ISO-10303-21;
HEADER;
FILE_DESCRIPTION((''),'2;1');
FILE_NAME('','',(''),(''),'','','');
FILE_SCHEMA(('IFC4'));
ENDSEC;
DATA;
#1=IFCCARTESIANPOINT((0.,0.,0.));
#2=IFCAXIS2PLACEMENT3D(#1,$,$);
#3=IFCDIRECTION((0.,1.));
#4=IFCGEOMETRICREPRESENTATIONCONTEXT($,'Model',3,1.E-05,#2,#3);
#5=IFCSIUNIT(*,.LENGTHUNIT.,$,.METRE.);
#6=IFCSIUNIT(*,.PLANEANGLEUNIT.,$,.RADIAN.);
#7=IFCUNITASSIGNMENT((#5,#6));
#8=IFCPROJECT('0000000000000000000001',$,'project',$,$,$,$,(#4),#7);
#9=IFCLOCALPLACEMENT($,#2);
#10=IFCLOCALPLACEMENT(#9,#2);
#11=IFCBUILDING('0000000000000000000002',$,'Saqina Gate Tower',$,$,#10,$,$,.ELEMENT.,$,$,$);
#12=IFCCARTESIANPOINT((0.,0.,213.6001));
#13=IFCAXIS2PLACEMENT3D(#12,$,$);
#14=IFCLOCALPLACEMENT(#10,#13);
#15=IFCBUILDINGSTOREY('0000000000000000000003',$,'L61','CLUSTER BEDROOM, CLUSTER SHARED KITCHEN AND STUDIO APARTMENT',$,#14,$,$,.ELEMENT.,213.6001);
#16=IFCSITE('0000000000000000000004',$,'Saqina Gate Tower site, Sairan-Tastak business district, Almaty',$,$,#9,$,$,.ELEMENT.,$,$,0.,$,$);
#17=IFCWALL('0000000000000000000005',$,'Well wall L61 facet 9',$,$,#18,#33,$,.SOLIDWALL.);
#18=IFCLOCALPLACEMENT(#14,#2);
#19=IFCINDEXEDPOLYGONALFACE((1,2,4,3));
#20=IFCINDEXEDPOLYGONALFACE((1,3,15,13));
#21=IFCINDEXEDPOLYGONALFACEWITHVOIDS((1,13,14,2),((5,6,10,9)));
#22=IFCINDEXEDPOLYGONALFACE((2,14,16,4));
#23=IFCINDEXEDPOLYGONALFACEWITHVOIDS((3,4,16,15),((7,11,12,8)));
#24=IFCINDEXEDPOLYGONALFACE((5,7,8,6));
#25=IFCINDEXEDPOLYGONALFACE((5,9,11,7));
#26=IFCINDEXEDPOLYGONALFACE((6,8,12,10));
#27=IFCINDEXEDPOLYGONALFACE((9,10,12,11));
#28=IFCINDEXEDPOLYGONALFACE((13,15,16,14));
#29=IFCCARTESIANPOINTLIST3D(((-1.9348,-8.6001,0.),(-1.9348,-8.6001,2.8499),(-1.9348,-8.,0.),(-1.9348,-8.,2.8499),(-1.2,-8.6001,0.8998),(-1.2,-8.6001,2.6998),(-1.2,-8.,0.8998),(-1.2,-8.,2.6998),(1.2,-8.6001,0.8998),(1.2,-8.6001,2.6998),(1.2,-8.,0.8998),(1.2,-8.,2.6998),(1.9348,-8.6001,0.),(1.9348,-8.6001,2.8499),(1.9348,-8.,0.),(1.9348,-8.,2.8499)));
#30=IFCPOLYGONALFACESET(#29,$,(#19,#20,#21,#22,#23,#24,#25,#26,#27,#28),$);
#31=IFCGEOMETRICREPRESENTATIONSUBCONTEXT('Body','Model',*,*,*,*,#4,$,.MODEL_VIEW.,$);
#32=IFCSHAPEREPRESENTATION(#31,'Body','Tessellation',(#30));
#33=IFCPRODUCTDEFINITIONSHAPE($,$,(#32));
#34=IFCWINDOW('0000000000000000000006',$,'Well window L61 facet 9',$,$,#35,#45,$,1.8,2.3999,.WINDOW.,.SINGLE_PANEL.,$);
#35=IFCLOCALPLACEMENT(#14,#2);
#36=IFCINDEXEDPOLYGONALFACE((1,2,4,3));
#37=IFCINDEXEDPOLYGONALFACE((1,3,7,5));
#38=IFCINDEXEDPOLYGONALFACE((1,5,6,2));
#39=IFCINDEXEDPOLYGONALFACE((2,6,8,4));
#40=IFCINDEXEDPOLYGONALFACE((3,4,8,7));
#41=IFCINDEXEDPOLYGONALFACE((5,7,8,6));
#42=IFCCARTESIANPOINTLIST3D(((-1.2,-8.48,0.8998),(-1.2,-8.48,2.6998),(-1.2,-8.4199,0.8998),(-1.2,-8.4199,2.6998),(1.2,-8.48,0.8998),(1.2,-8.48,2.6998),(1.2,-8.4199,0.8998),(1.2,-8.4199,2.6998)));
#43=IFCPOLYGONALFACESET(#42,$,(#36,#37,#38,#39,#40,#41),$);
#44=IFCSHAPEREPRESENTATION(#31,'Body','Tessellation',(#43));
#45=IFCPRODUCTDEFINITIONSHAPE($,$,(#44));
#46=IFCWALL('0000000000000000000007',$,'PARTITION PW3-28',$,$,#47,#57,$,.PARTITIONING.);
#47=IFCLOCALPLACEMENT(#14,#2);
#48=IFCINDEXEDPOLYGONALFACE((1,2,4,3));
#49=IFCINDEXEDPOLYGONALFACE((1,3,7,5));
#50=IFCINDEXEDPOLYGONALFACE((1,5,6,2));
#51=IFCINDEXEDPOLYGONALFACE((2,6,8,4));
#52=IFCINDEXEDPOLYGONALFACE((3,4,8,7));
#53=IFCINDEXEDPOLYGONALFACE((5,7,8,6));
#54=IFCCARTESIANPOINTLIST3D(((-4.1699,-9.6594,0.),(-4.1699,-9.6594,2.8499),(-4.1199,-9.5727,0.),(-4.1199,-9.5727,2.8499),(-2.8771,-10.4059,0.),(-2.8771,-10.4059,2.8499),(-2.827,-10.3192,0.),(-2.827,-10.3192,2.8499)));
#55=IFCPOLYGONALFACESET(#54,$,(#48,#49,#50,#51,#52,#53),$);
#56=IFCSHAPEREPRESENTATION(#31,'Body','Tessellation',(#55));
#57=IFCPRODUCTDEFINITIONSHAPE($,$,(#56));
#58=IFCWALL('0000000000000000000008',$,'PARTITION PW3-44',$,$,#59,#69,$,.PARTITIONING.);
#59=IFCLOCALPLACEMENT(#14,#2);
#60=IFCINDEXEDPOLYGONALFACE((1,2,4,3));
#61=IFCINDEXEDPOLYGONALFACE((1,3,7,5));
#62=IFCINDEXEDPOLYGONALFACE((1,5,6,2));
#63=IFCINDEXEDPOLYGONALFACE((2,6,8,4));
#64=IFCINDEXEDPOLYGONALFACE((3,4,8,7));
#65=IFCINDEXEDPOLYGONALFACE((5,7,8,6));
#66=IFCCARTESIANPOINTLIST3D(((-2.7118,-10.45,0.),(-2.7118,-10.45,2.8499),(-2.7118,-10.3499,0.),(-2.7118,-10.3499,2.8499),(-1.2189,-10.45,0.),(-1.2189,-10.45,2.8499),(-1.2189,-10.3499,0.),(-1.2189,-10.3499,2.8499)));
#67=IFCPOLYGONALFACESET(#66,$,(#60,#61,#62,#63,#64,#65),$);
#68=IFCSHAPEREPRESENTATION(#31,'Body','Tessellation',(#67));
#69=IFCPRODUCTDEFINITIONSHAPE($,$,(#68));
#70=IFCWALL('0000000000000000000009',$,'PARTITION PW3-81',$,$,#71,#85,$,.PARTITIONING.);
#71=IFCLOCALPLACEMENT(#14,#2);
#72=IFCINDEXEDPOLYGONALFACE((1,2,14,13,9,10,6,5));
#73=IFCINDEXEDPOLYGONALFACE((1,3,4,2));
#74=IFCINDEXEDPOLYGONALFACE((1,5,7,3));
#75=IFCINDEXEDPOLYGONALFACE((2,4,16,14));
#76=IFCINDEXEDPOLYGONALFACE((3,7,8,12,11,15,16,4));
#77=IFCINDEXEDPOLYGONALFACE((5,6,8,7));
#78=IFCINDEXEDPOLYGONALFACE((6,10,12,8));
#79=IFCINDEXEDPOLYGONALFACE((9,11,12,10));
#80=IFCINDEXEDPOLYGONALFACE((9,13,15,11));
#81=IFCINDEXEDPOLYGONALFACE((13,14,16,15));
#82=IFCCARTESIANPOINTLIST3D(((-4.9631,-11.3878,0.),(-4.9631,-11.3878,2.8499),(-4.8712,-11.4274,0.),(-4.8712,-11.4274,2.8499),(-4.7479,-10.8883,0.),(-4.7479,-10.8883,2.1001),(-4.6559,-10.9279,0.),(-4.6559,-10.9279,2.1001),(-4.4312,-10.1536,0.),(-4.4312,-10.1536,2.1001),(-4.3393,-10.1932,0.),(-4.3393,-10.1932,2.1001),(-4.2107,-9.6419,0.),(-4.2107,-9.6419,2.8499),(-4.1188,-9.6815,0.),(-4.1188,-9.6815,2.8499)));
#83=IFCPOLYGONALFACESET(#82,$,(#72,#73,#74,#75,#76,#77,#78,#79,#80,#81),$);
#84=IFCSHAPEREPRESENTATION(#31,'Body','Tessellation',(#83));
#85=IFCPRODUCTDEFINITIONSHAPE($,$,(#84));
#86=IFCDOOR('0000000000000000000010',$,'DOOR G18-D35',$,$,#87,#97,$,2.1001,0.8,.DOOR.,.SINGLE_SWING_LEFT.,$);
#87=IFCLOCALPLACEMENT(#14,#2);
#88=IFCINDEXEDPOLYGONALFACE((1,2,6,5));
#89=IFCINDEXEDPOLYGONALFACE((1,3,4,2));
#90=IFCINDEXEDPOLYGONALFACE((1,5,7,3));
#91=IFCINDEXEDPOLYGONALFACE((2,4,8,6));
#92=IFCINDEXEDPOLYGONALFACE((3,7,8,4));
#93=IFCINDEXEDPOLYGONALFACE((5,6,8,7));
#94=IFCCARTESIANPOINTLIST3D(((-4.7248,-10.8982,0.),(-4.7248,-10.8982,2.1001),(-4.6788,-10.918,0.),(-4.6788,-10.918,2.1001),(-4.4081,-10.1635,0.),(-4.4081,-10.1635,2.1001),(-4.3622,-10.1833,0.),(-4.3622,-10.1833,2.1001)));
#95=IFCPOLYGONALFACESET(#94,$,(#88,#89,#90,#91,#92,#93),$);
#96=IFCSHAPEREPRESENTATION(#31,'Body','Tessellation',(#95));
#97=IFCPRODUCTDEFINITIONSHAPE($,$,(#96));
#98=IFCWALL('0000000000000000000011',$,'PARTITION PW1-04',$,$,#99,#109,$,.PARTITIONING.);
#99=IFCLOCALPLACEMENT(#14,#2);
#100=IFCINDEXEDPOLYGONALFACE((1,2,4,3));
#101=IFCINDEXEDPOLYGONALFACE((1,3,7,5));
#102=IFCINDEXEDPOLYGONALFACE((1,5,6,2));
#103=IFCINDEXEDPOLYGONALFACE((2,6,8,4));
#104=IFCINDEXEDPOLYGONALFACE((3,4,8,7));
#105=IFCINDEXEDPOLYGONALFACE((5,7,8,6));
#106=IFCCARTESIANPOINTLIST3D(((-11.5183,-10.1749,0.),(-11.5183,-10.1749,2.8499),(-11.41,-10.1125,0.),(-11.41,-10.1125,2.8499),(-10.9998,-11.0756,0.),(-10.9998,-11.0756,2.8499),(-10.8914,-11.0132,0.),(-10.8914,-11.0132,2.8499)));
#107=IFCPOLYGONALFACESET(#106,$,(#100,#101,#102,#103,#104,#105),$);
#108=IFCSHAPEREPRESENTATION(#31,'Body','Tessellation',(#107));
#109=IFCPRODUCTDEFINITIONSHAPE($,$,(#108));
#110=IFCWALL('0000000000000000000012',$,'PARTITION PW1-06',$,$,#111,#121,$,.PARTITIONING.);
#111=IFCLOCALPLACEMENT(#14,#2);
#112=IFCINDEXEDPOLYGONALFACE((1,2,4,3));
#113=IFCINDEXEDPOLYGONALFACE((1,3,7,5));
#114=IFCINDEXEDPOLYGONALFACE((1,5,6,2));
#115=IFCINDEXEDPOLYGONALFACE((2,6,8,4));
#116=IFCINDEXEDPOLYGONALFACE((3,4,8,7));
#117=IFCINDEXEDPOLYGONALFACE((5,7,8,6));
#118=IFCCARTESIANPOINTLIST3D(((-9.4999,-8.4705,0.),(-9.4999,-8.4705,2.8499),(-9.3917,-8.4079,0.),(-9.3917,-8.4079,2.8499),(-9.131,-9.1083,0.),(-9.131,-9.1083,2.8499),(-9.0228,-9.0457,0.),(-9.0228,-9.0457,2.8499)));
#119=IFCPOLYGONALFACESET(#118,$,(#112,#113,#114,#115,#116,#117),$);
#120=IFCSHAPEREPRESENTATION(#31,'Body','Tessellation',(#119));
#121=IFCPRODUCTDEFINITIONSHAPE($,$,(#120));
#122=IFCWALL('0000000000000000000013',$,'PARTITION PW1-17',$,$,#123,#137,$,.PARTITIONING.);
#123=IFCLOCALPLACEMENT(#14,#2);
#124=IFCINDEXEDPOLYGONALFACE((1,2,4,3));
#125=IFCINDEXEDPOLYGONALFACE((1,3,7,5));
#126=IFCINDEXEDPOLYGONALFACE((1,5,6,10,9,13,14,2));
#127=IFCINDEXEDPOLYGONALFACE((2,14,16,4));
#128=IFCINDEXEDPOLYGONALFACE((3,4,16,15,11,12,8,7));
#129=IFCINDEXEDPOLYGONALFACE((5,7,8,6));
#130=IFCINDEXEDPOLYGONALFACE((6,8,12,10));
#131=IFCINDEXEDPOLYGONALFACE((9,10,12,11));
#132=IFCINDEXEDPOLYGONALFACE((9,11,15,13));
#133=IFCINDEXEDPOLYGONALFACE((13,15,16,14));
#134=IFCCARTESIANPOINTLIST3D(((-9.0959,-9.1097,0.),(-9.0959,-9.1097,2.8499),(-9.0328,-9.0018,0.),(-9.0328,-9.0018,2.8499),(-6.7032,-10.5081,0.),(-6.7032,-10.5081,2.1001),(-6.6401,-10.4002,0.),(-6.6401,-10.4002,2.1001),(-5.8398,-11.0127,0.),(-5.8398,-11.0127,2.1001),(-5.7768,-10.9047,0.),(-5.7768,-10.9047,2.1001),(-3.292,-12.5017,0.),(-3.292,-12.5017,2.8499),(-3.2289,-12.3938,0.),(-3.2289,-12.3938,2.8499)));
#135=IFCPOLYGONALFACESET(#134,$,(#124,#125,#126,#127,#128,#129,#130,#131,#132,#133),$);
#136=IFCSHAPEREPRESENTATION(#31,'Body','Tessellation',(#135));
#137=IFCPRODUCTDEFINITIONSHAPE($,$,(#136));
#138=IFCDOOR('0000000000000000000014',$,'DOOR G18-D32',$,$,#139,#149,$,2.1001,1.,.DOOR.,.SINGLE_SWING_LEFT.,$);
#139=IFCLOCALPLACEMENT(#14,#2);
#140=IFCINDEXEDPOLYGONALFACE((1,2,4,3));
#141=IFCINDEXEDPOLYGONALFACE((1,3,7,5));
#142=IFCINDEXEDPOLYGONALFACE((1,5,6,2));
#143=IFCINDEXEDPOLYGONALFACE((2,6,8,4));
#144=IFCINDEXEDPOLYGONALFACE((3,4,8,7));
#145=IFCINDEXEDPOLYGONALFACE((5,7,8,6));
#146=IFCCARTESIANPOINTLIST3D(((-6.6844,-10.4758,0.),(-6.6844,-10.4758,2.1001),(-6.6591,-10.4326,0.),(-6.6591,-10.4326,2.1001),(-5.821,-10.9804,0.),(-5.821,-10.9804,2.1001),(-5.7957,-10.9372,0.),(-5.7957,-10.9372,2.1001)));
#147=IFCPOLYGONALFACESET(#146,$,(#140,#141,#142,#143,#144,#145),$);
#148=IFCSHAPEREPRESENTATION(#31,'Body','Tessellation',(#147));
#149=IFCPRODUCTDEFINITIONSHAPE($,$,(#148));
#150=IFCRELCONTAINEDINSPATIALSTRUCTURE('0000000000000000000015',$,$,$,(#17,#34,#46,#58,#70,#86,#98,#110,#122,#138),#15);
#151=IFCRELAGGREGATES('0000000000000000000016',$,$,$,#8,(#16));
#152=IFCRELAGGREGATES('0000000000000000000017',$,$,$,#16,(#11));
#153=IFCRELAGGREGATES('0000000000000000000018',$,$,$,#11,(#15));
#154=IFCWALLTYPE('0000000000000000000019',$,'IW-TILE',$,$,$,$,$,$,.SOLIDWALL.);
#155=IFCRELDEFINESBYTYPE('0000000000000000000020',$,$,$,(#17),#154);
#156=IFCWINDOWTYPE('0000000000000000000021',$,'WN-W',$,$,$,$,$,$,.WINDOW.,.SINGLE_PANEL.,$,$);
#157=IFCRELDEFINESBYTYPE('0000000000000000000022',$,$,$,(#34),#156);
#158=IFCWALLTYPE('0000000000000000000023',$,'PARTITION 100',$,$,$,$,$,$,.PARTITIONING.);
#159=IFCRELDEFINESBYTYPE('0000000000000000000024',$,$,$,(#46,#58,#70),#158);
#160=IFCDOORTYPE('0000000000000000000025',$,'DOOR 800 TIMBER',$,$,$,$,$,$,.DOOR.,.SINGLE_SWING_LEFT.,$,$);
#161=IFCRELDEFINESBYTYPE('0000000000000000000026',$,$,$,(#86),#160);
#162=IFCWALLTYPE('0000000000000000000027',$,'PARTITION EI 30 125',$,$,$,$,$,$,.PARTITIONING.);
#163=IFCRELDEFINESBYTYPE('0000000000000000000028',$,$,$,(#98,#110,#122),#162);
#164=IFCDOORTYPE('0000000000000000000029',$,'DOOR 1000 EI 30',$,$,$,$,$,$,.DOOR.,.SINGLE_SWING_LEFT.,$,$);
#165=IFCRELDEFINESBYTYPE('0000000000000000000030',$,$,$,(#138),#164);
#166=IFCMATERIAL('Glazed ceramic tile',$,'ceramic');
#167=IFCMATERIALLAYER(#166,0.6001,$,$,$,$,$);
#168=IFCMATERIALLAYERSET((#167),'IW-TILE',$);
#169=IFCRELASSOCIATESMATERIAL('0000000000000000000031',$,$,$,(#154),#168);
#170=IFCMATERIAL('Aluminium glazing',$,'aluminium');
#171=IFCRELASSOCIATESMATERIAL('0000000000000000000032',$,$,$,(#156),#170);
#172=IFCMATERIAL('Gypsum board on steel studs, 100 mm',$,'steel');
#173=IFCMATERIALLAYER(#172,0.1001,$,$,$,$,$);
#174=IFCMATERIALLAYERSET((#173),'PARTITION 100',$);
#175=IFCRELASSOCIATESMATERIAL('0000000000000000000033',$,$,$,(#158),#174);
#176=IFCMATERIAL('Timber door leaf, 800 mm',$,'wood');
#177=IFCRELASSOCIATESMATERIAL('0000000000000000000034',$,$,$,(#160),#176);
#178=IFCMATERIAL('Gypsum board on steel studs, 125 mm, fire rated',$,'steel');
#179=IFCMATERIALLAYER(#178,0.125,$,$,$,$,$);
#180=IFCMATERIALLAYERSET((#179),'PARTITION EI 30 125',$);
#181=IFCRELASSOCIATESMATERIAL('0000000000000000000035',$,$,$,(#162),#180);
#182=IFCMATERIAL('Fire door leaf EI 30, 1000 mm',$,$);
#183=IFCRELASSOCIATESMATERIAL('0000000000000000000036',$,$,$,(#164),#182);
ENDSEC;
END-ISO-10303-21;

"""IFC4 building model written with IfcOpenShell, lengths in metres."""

from ifc_helpers import new_model, si_unit, direction, frame, frame_2d, origin, place, context, subcontext, project, spatial, rectangle, extrude, material, layer, layer_set, type_object, element, fill, save


model = new_model("IFC4")

# Units and contexts
model_context = context("Model", 3, precision=1e-05, world=origin(), true_north=direction((0.0, 1.0)))
body_context = subcontext(model_context, "Body", "Model", "MODEL_VIEW")
ifc_project = project(units=[si_unit("LENGTHUNIT", "METRE"), si_unit("PLANEANGLEUNIT", "RADIAN")], contexts=[model_context])

# Site, building, storey
site_placement = place(None, origin())
site = spatial("IfcSite", under=ifc_project, at=site_placement, Name="Saqina Gate Tower site, Sairan-Tastak business district, Almaty", CompositionType="ELEMENT", RefElevation=0.0)
building_placement = place(site_placement, origin())
building = spatial("IfcBuilding", under=site, at=building_placement, Name="Saqina Gate Tower", CompositionType="ELEMENT")
storey_placement = place(building_placement, frame((0.0, 0.0, 213.6001)))
storey = spatial("IfcBuildingStorey", under=building, at=storey_placement, Name="L61", Description="CLUSTER BEDROOM, CLUSTER SHARED KITCHEN AND STUDIO APARTMENT", CompositionType="ELEMENT", Elevation=213.6001)

# Wall, opening, window
ifc_material_1 = material(Name="Glazed ceramic tile", Category="ceramic")
ifc_layer_1 = layer(ifc_material_1, 0.6001)
ifc_layer_set_1 = layer_set([ifc_layer_1], Name="IW-TILE")
wall_type_1 = type_object("IfcWallType", Name="IW-TILE", PredefinedType="SOLIDWALL", material=ifc_layer_set_1)
ifc_material_2 = material(Name="Aluminium glazing", Category="aluminium")
window_type = type_object("IfcWindowType", Name="WN-W", PartitioningType="SINGLE_PANEL", PredefinedType="WINDOW", material=ifc_material_2)
wall_1_placement = place(storey_placement, frame((-1.9348, -8.3, 0.0), z_axis=(0.0, 0.0, 1.0), x_axis=(1.0, 0.0, 0.0)))
wall_1 = element("IfcWall", 1, at=wall_1_placement, inside=storey, type_object=wall_type_1, Name="Well wall L61 facet 9", PredefinedType="SOLIDWALL", context=body_context, shape_type="SweptSolid", body=[
    extrude(rectangle(XDim=3.8696, YDim=0.6001, at=frame_2d((1.9348, 0.0))), origin(), (0.0, 0.0, 1.0), 2.8499),
])
opening_1_placement = place(wall_1_placement, frame((0.7349, 0.0, 0.8999)))
opening_1 = element("IfcOpeningElement", 2, at=opening_1_placement, cuts=wall_1, PredefinedType="OPENING", context=body_context, shape_type="SweptSolid", body=[
    extrude(rectangle(XDim=2.3999, YDim=1.8, at=frame_2d((1.2, 0.8999))), frame((0.0, 0.312, 0.0), z_axis=(0.0, -1.0, 0.0), x_axis=(1.0, 0.0, 0.0)), (0.0, 0.0, 1.0), 0.624),
])
window_1_placement = place(opening_1_placement, origin())
window_1 = element("IfcWindow", 3, at=window_1_placement, inside=storey, type_object=window_type, Name="Well window L61 facet 9", OverallHeight=1.8, OverallWidth=2.3999, PartitioningType="SINGLE_PANEL", PredefinedType="WINDOW", context=body_context, shape_type="SweptSolid", body=[
    extrude(rectangle(XDim=2.3999, YDim=1.8, at=frame_2d((1.2, 0.8999))), frame((0.0, -0.1199, 0.0), z_axis=(0.0, -1.0, 0.0), x_axis=(1.0, 0.0, 0.0)), (0.0, 0.0, 1.0), 0.0601),
])
fill(opening_1, window_1)

# Walls
ifc_material_3 = material(Name="Gypsum board on steel studs, 100 mm", Category="steel")
ifc_layer_2 = layer(ifc_material_3, 0.1001)
ifc_layer_set_2 = layer_set([ifc_layer_2], Name="PARTITION 100")
wall_type_2 = type_object("IfcWallType", Name="PARTITION 100", PredefinedType="PARTITIONING", material=ifc_layer_set_2)
for number, where, z_axis, x_axis, name in (
    (4, (-4.145, -9.616, 0.0), (0.0, 0.0, 1.0), (0.866, -0.500043, 0.0), "PARTITION PW3-28"),
    (5, (-2.7119, -10.3999, 0.0), (0.0, 0.0, 1.0), (1.0, 0.0, 0.0), "PARTITION PW3-44"),
):
    element("IfcWall", number, at=place(storey_placement, frame(where, z_axis=z_axis, x_axis=x_axis)), inside=storey, type_object=wall_type_2, Name=name, PredefinedType="PARTITIONING", context=body_context, shape_type="SweptSolid", body=[
        extrude(rectangle(XDim=1.4929, YDim=0.1001, at=frame_2d((0.7466, 0.0))), origin(), (0.0, 0.0, 1.0), 2.8499),
    ])

# Wall, opening, door
wall_2_placement = place(storey_placement, frame((-4.9172, -11.4077, 0.0), z_axis=(0.0, 0.0, 1.0), x_axis=(0.395794, 0.918339, 0.0)))
wall_2 = element("IfcWall", 6, at=wall_2_placement, inside=storey, type_object=wall_type_2, Name="PARTITION PW3-81", PredefinedType="PARTITIONING", context=body_context, shape_type="SweptSolid", body=[
    extrude(rectangle(XDim=1.9011, YDim=0.1001, at=frame_2d((0.9507, 0.0))), origin(), (0.0, 0.0, 1.0), 2.8499),
])
opening_2_placement = place(wall_2_placement, frame((0.5442, 0.0, 0.0)))
opening_2 = element("IfcOpeningElement", 7, at=opening_2_placement, cuts=wall_2, PredefinedType="OPENING", context=body_context, shape_type="SweptSolid", body=[
    extrude(rectangle(XDim=0.8, YDim=2.1001, at=frame_2d((0.3999, 1.05))), frame((0.0, 0.062, 0.0), z_axis=(0.0, -1.0, 0.0), x_axis=(1.0, 0.0, 0.0)), (0.0, 0.0, 1.0), 0.124),
])
ifc_material_4 = material(Name="Timber door leaf, 800 mm", Category="wood")
door_type_1 = type_object("IfcDoorType", Name="DOOR 800 TIMBER", OperationType="SINGLE_SWING_LEFT", PredefinedType="DOOR", material=ifc_material_4)
door_1_placement = place(opening_2_placement, origin())
door_1 = element("IfcDoor", 8, at=door_1_placement, inside=storey, type_object=door_type_1, Name="DOOR G18-D35", OperationType="SINGLE_SWING_LEFT", OverallHeight=2.1001, OverallWidth=0.8, PredefinedType="DOOR", context=body_context, shape_type="SweptSolid", body=[
    extrude(rectangle(XDim=0.8, YDim=2.1001, at=frame_2d((0.3999, 1.05))), frame((0.0, 0.0249, 0.0), z_axis=(0.0, -1.0, 0.0), x_axis=(1.0, 0.0, 0.0)), (0.0, 0.0, 1.0), 0.05),
])
fill(opening_2, door_1)

# Walls
ifc_material_5 = material(Name="Gypsum board on steel studs, 125 mm, fire rated", Category="steel")
ifc_layer_3 = layer(ifc_material_5, 0.125)
ifc_layer_set_3 = layer_set([ifc_layer_3], Name="PARTITION EI 30 125")
wall_type_3 = type_object("IfcWallType", Name="PARTITION EI 30 125", PredefinedType="PARTITIONING", material=ifc_layer_set_3)
wall_3_placement = place(storey_placement, frame((-11.4641, -10.1438, 0.0), z_axis=(0.0, 0.0, 1.0), x_axis=(0.49897, -0.866619, 0.0)))
element("IfcWall", 9, at=wall_3_placement, inside=storey, type_object=wall_type_3, Name="PARTITION PW1-04", PredefinedType="PARTITIONING", context=body_context, shape_type="SweptSolid", body=[
    extrude(rectangle(XDim=1.0393, YDim=0.125, at=frame_2d((0.5195, 0.0))), origin(), (0.0, 0.0, 1.0), 2.8499),
])
wall_4_placement = place(storey_placement, frame((-9.4458, -8.4392, 0.0), z_axis=(0.0, 0.0, 1.0), x_axis=(0.500736, -0.8656, 0.0)))
element("IfcWall", 10, at=wall_4_placement, inside=storey, type_object=wall_type_3, Name="PARTITION PW1-06", PredefinedType="PARTITIONING", context=body_context, shape_type="SweptSolid", body=[
    extrude(rectangle(XDim=0.7368, YDim=0.125, at=frame_2d((0.3684, 0.0))), origin(), (0.0, 0.0, 1.0), 2.8499),
])

# Wall, opening, door
wall_5_placement = place(storey_placement, frame((-9.0645, -9.0557, 0.0), z_axis=(0.0, 0.0, 1.0), x_axis=(0.863361, -0.504587, 0.0)))
wall_5 = element("IfcWall", 11, at=wall_5_placement, inside=storey, type_object=wall_type_3, Name="PARTITION PW1-17", PredefinedType="PARTITIONING", context=body_context, shape_type="SweptSolid", body=[
    extrude(rectangle(XDim=6.7224, YDim=0.125, at=frame_2d((3.3613, 0.0))), origin(), (0.0, 0.0, 1.0), 2.8499),
])
opening_3_placement = place(wall_5_placement, frame((2.7715, 0.0, 0.0)))
opening_3 = element("IfcOpeningElement", 12, at=opening_3_placement, cuts=wall_5, PredefinedType="OPENING", context=body_context, shape_type="SweptSolid", body=[
    extrude(rectangle(XDim=1.0, YDim=2.1001, at=frame_2d((0.5, 1.05))), frame((0.0, 0.0745, 0.0), z_axis=(0.0, -1.0, 0.0), x_axis=(1.0, 0.0, 0.0)), (0.0, 0.0, 1.0), 0.1489),
])
ifc_material_6 = material(Name="Fire door leaf EI 30, 1000 mm")
door_type_2 = type_object("IfcDoorType", Name="DOOR 1000 EI 30", OperationType="SINGLE_SWING_LEFT", PredefinedType="DOOR", material=ifc_material_6)
door_2_placement = place(opening_3_placement, origin())
door_2 = element("IfcDoor", 13, at=door_2_placement, inside=storey, type_object=door_type_2, Name="DOOR G18-D32", OperationType="SINGLE_SWING_LEFT", OverallHeight=2.1001, OverallWidth=1.0, PredefinedType="DOOR", context=body_context, shape_type="SweptSolid", body=[
    extrude(rectangle(XDim=1.0, YDim=2.1001, at=frame_2d((0.5, 1.05))), frame((0.0, 0.0249, 0.0), z_axis=(0.0, -1.0, 0.0), x_axis=(1.0, 0.0, 0.0)), (0.0, 0.0, 1.0), 0.05),
])
fill(opening_3, door_2)

save(model, "model.ifc")
